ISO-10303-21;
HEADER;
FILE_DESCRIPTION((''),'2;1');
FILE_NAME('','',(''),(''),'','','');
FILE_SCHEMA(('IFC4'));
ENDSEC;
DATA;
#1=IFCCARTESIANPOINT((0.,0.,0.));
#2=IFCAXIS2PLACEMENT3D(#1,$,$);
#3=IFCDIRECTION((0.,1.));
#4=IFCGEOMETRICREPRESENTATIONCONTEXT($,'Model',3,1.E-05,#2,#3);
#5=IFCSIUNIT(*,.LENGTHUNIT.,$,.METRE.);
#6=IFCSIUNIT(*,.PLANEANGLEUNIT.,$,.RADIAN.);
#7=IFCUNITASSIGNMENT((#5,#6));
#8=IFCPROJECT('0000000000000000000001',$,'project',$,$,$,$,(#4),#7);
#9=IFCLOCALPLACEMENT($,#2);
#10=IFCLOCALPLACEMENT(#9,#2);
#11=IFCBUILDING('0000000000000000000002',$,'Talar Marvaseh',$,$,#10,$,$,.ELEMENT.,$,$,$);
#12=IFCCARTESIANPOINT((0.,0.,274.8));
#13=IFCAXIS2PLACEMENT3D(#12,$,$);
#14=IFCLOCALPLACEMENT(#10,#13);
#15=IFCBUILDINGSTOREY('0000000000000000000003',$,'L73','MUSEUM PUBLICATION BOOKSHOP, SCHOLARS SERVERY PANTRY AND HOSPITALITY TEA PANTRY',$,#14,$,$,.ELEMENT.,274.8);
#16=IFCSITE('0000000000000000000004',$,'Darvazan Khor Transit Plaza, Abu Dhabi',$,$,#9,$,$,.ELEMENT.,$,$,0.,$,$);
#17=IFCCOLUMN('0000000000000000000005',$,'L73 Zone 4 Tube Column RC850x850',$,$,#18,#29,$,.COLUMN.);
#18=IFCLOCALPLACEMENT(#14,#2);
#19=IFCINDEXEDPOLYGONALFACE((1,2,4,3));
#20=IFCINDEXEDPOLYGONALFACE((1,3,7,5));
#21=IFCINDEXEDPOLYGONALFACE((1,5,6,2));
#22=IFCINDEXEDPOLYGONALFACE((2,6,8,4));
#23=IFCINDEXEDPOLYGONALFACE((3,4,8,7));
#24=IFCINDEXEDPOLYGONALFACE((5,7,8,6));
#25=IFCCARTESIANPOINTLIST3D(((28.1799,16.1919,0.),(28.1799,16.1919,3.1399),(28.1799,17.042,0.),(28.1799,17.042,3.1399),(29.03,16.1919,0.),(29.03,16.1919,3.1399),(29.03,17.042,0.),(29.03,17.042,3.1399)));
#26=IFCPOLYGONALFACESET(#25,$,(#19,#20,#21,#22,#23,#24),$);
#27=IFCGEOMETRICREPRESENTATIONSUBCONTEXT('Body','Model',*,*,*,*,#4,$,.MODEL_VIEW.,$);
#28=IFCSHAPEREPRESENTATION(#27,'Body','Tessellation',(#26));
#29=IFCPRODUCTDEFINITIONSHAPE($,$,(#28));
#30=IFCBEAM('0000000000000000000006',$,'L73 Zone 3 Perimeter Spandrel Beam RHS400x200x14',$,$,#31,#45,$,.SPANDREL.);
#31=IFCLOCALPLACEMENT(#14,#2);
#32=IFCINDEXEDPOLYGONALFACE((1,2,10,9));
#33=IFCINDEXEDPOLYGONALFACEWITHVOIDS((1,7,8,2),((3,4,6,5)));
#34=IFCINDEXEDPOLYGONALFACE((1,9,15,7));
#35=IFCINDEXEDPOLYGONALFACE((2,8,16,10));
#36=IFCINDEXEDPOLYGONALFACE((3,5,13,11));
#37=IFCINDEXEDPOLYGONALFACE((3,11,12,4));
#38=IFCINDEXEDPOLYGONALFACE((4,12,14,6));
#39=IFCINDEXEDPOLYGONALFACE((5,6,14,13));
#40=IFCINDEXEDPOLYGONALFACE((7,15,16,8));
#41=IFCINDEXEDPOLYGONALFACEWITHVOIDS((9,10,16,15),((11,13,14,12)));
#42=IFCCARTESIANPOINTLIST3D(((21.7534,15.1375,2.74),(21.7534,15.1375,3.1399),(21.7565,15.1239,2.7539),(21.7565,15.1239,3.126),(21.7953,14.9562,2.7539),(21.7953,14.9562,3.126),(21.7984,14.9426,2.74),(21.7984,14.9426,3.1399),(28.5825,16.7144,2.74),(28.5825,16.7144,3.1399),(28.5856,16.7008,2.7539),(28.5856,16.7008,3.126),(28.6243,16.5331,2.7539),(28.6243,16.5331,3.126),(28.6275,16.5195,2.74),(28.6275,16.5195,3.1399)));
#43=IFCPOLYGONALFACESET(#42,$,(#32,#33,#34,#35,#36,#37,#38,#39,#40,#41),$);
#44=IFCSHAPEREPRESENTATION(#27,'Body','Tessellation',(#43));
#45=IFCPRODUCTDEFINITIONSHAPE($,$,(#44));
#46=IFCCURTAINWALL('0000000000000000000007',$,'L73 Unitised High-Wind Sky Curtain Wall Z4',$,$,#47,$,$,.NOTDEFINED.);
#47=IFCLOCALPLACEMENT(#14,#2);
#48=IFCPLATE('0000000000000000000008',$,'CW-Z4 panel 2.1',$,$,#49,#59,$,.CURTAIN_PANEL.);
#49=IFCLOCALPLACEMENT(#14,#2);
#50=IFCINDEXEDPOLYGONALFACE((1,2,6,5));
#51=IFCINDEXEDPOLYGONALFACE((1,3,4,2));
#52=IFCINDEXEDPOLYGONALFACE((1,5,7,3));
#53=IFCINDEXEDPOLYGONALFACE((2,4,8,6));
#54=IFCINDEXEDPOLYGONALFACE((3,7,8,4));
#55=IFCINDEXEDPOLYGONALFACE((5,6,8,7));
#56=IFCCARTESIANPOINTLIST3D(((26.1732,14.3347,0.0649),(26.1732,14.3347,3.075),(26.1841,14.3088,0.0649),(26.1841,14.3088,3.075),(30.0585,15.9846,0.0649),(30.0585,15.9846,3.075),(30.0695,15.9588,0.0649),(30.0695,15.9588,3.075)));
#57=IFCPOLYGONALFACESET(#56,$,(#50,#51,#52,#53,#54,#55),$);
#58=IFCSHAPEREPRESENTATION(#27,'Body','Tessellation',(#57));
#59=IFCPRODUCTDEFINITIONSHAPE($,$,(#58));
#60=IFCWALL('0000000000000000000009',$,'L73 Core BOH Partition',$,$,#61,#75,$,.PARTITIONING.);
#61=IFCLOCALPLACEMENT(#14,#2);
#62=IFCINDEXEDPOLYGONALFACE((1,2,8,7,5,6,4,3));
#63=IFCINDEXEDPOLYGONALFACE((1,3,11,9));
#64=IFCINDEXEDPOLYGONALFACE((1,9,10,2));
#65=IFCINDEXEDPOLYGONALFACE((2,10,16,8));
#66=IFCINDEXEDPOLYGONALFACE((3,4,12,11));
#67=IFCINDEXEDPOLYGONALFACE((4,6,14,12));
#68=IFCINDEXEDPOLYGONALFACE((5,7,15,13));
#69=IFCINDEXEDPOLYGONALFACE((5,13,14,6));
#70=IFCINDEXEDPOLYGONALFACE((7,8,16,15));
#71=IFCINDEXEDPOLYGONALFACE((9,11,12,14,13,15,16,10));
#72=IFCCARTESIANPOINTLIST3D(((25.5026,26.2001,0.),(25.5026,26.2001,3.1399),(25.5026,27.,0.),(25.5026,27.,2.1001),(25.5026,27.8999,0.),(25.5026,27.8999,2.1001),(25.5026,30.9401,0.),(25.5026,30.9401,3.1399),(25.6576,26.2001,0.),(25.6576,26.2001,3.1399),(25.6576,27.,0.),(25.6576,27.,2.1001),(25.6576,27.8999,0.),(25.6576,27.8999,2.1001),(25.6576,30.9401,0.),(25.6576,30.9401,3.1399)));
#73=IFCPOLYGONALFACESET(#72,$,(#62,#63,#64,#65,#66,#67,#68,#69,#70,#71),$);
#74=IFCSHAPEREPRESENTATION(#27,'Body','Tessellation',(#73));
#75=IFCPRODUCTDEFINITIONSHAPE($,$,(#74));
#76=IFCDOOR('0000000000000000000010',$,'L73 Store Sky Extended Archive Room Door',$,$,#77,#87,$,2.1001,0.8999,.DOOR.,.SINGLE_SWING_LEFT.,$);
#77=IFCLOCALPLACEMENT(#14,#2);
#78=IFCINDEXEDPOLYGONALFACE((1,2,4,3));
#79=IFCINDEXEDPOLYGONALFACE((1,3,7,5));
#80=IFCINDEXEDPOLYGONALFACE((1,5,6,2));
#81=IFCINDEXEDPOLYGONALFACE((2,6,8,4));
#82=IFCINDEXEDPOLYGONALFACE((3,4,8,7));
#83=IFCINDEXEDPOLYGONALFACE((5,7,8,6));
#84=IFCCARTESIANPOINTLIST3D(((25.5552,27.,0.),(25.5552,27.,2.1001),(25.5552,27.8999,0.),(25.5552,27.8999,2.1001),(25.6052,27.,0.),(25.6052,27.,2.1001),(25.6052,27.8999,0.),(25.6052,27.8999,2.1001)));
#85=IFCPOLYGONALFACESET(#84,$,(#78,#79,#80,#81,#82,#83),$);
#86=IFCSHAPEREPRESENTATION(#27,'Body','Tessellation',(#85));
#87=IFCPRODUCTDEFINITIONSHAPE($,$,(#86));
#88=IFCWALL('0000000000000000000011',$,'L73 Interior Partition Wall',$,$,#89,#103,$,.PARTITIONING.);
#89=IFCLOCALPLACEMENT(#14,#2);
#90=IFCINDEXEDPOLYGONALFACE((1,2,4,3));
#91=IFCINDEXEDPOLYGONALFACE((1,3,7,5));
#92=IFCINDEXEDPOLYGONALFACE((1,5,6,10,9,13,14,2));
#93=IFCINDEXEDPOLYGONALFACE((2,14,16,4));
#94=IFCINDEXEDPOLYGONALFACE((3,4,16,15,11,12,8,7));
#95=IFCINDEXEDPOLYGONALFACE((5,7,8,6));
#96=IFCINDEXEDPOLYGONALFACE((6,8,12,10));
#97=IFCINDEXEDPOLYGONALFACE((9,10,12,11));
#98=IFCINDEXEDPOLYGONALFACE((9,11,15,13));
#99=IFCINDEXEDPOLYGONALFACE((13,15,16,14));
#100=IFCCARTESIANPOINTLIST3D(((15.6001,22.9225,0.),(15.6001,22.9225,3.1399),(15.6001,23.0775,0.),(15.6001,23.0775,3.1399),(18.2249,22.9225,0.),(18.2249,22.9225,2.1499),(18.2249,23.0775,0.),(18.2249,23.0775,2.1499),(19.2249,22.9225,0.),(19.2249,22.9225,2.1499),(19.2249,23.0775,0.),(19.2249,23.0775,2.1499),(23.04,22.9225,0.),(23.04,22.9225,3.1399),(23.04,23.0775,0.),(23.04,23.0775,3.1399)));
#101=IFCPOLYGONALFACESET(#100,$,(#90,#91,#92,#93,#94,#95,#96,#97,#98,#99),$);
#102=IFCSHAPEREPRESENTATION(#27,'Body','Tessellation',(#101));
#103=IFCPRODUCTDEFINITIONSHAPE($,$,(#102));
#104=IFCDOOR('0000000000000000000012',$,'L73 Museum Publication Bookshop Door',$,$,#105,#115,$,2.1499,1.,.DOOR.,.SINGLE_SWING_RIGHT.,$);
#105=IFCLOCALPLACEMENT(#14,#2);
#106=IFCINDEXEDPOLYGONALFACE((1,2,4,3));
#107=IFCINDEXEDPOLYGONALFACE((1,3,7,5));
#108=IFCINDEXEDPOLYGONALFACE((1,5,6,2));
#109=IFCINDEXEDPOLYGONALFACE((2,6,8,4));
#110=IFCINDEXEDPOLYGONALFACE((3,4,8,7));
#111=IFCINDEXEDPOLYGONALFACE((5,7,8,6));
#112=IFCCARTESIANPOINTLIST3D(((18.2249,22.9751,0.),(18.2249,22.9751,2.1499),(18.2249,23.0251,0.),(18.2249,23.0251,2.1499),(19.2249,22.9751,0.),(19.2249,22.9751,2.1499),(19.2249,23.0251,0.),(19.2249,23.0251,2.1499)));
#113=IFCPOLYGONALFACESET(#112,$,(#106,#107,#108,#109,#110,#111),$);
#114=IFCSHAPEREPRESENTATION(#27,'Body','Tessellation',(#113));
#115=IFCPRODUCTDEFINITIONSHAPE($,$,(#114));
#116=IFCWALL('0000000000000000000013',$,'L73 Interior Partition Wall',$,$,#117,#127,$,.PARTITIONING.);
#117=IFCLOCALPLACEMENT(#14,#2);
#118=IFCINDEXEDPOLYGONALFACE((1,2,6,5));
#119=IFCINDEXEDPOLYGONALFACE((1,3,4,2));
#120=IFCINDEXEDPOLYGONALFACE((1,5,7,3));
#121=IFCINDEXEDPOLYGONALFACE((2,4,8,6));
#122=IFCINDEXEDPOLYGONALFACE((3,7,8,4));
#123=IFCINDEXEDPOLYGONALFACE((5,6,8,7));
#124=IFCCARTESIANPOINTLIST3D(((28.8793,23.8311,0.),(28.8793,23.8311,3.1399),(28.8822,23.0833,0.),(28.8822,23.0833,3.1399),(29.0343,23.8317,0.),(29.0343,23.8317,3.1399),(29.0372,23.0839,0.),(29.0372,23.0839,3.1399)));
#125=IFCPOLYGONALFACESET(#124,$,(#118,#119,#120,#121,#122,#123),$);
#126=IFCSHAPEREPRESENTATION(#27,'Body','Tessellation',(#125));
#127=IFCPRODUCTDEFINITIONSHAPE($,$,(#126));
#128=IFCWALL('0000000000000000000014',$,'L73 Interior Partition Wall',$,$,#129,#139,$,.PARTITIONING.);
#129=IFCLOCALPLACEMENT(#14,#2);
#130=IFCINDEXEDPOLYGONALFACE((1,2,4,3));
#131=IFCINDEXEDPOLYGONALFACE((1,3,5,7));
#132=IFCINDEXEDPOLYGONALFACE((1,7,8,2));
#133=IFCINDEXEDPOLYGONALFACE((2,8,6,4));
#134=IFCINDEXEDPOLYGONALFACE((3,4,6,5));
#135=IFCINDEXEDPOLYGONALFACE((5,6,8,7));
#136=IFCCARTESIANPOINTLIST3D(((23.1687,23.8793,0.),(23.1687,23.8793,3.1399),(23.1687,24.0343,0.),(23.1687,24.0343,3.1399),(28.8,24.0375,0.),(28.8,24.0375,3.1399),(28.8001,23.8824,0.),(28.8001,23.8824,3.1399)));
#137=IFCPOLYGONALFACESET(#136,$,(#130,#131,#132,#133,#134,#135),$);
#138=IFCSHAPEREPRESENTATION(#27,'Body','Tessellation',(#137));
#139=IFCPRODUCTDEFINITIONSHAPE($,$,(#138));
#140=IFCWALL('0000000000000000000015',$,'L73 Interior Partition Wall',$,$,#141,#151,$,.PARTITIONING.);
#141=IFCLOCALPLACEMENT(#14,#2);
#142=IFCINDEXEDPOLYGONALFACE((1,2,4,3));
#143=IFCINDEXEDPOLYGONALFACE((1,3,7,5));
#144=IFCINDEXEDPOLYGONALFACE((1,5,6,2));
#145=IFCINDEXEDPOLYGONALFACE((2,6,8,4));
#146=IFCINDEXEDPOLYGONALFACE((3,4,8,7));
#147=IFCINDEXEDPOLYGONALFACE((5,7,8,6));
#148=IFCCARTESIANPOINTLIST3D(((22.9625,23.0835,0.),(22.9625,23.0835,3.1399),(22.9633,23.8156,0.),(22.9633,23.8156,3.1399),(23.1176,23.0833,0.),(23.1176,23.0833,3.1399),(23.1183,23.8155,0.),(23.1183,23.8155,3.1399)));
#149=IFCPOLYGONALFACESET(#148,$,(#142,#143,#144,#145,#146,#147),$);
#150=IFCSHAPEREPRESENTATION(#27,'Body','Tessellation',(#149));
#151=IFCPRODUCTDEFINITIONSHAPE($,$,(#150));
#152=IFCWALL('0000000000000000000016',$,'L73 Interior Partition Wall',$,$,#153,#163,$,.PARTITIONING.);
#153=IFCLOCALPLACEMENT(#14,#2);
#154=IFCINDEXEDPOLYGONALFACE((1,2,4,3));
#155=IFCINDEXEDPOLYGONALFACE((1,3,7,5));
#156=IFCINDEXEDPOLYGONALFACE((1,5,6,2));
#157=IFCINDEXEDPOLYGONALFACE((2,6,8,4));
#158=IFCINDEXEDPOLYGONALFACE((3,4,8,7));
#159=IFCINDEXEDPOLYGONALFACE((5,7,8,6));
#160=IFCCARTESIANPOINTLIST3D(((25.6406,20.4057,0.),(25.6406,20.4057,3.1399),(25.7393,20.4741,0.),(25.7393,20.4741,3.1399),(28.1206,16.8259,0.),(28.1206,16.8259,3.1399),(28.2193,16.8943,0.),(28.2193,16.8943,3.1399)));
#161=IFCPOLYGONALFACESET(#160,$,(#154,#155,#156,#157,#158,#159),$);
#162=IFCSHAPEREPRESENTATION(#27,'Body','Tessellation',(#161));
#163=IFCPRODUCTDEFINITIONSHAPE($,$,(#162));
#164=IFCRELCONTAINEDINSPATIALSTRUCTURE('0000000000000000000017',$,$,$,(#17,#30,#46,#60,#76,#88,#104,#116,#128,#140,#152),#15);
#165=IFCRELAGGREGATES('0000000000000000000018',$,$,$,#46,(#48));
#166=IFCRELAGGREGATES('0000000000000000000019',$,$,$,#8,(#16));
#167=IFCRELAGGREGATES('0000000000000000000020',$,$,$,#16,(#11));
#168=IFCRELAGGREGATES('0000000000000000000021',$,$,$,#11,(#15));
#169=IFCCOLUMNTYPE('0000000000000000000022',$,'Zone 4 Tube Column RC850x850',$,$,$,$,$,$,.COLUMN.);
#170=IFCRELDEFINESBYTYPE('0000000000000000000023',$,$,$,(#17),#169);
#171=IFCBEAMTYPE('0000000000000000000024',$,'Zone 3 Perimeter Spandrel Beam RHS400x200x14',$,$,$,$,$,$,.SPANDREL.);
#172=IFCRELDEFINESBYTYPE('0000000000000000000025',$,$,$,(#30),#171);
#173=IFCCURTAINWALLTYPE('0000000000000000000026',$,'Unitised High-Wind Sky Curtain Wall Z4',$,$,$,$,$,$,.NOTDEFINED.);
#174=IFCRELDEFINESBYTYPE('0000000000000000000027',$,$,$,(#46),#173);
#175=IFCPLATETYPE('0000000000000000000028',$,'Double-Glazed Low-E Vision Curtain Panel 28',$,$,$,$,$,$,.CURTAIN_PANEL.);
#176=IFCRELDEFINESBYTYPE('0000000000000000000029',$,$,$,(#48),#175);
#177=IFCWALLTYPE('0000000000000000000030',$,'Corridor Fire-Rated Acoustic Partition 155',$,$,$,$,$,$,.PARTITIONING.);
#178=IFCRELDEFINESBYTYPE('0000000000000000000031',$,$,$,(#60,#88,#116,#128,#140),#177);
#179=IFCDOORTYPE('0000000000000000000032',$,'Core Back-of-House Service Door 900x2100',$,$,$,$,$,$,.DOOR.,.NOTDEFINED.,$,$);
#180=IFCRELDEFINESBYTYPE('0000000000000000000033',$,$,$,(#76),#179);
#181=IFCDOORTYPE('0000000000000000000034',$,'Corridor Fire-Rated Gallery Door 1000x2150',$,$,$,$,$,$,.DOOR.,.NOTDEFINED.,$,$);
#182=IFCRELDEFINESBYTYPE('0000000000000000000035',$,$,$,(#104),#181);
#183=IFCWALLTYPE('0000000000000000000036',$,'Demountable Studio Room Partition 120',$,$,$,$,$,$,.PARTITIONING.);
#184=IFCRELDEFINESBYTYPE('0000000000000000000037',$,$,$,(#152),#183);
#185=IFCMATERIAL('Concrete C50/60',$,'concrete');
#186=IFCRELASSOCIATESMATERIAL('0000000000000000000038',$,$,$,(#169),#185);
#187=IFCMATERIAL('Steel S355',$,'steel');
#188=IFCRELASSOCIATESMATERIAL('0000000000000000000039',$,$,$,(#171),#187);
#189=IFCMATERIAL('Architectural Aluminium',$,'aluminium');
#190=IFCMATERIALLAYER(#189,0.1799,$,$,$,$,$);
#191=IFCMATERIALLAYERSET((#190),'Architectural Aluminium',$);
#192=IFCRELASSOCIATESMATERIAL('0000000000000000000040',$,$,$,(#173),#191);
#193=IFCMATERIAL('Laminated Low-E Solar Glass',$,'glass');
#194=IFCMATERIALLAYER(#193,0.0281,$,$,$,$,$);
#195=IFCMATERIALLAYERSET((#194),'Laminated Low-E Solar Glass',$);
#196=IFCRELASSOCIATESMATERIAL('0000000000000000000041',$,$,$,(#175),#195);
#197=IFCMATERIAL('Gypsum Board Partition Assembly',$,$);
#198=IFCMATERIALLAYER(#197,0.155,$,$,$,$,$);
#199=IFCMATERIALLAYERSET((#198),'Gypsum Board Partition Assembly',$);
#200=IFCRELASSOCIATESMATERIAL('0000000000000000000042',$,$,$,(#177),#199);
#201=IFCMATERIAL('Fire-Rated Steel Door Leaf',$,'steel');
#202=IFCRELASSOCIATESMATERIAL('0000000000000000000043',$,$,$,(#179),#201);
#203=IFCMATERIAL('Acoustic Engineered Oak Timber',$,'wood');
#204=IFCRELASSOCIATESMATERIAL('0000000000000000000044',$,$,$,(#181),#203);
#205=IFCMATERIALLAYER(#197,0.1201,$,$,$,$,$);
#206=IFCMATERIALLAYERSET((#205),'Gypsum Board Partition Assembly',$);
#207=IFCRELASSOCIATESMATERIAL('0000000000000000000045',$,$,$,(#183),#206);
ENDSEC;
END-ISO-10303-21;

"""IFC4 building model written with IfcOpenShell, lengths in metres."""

from ifc_helpers import new_model, si_unit, direction, frame, frame_2d, origin, origin_2d, place, context, subcontext, project, spatial, rectangle, hollow_rectangle, extrude, source, transform, mapped, material, layer, layer_set, material_profile, profile_set, type_object, type_shapes, element, fill, aggregate, save


model = new_model("IFC4")

# Units and contexts
model_context = context("Model", 3, precision=1e-05, world=origin(), true_north=direction((0.0, 1.0)))
body_context = subcontext(model_context, "Body", "Model", "MODEL_VIEW")
ifc_project = project(units=[si_unit("LENGTHUNIT", "METRE"), si_unit("PLANEANGLEUNIT", "RADIAN")], contexts=[model_context])

# Site, building, storey
site_placement = place(None, origin())
site = spatial("IfcSite", under=ifc_project, at=site_placement, Name="Darvazan Khor Transit Plaza, Abu Dhabi", CompositionType="ELEMENT", RefElevation=0.0)
building_placement = place(site_placement, origin())
building = spatial("IfcBuilding", under=site, at=building_placement, Name="Talar Marvaseh", CompositionType="ELEMENT")
storey_placement = place(building_placement, frame((0.0, 0.0, 274.8)))
storey = spatial("IfcBuildingStorey", under=building, at=storey_placement, Name="L73", Description="MUSEUM PUBLICATION BOOKSHOP, SCHOLARS SERVERY PANTRY AND HOSPITALITY TEA PANTRY", CompositionType="ELEMENT", Elevation=274.8)

# Column
ifc_material_1 = material(Name="Concrete C50/60", Category="concrete")
ifc_material_profile_1 = material_profile(ifc_material_1, rectangle(XDim=0.8501, YDim=0.8501, at=origin_2d()), Name="RC850x850")
ifc_profile_set_1 = profile_set([ifc_material_profile_1], Name="Concrete C50/60")
column_type = type_object("IfcColumnType", Name="Zone 4 Tube Column RC850x850", PredefinedType="COLUMN", material=ifc_profile_set_1)
column_placement = place(storey_placement, frame((28.605, 16.6169, 0.0), z_axis=(0.0, 0.0, 1.0), x_axis=(1.0, 0.0, 0.0)))
element("IfcColumn", 1, at=column_placement, inside=storey, type_object=column_type, Name="L73 Zone 4 Tube Column RC850x850", PredefinedType="COLUMN", context=body_context, shape_type="SweptSolid", body=[
    extrude(rectangle(XDim=0.8501, YDim=0.8501, at=origin_2d()), origin(), (0.0, 0.0, 1.0), 3.1399),
])

# Beam
ifc_material_2 = material(Name="Steel S355", Category="steel")
ifc_material_profile_2 = material_profile(ifc_material_2, hollow_rectangle(XDim=0.2, YDim=0.3999, WallThickness=0.0139, at=origin_2d()), Name="RHS400x200x14")
ifc_profile_set_2 = profile_set([ifc_material_profile_2], Name="Steel S355")
beam_type = type_object("IfcBeamType", Name="Zone 3 Perimeter Spandrel Beam RHS400x200x14", PredefinedType="SPANDREL", material=ifc_profile_set_2)
beam_placement = place(storey_placement, frame((28.605, 16.6169, 2.9399), z_axis=(-0.974361, -0.224989, 0.0), x_axis=(0.224989, -0.974361, 0.0)))
element("IfcBeam", 2, at=beam_placement, inside=storey, type_object=beam_type, Name="L73 Zone 3 Perimeter Spandrel Beam RHS400x200x14", PredefinedType="SPANDREL", context=body_context, shape_type="SweptSolid", body=[
    extrude(hollow_rectangle(XDim=0.2, YDim=0.3999, WallThickness=0.0139, at=origin_2d()), origin(), (0.0, 0.0, 1.0), 7.0088),
])

# Curtain wall, plate
ifc_material_3 = material(Name="Architectural Aluminium", Category="aluminium")
ifc_layer_1 = layer(ifc_material_3, 0.1799)
ifc_layer_set_1 = layer_set([ifc_layer_1], Name="Architectural Aluminium")
curtain_wall_type = type_object("IfcCurtainWallType", Name="Unitised High-Wind Sky Curtain Wall Z4", PredefinedType="NOTDEFINED", material=ifc_layer_set_1)
curtain_wall_placement = place(storey_placement, origin())
curtain_wall = element("IfcCurtainWall", 3, at=curtain_wall_placement, inside=storey, type_object=curtain_wall_type, Name="L73 Unitised High-Wind Sky Curtain Wall Z4", PredefinedType="NOTDEFINED")
ifc_material_4 = material(Name="Laminated Low-E Solar Glass", Category="glass")
ifc_layer_2 = layer(ifc_material_4, 0.0281)
ifc_layer_set_2 = layer_set([ifc_layer_2], Name="Laminated Low-E Solar Glass")
plate_type = type_object("IfcPlateType", Name="Double-Glazed Low-E Vision Curtain Panel 28", PredefinedType="CURTAIN_PANEL", material=ifc_layer_set_2)
shared_shape_1 = source(origin(), body_context, "Body", "SweptSolid", [
    extrude(rectangle(XDim=4.2212, YDim=0.0281, at=origin_2d()), origin(), (0.0, 0.0, 1.0), 3.01),
])
type_shapes(plate_type, [shared_shape_1])
plate_placement = place(storey_placement, frame((28.1213, 15.1467, 0.0649), z_axis=(0.0, 0.0, 1.0), x_axis=(-0.920445, -0.390873, 0.0)))
plate = element("IfcPlate", 4, at=plate_placement, type_object=plate_type, Name="CW-Z4 panel 2.1", PredefinedType="CURTAIN_PANEL", context=body_context, shape_type="MappedRepresentation", body=[
    mapped(shared_shape_1, transform((0.0, 0.0, 0.0), x_axis=(1.0, 0.0, 0.0), y_axis=(0.0, 1.0, 0.0), z_axis=(0.0, 0.0, 1.0), scale=1.0)),
])
aggregate(curtain_wall, [plate])

# Walls, openings, doors
ifc_material_5 = material(Name="Gypsum Board Partition Assembly")
ifc_layer_3 = layer(ifc_material_5, 0.155)
ifc_layer_set_3 = layer_set([ifc_layer_3], Name="Gypsum Board Partition Assembly")
wall_type_1 = type_object("IfcWallType", Name="Corridor Fire-Rated Acoustic Partition 155", PredefinedType="PARTITIONING", material=ifc_layer_set_3)
wall_1_placement = place(storey_placement, frame((25.5801, 26.2, 0.0), z_axis=(0.0, 0.0, 1.0), x_axis=(0.0, 1.0, 0.0)))
wall_1 = element("IfcWall", 5, at=wall_1_placement, inside=storey, type_object=wall_type_1, Name="L73 Core BOH Partition", PredefinedType="PARTITIONING", context=body_context, shape_type="SweptSolid", body=[
    extrude(rectangle(XDim=4.74, YDim=0.155, at=frame_2d((2.3701, 0.0))), origin(), (0.0, 0.0, 1.0), 3.1399),
])
opening_1_placement = place(wall_1_placement, frame((0.8, 0.0, 0.0)))
opening_1 = element("IfcOpeningElement", 6, at=opening_1_placement, cuts=wall_1, PredefinedType="OPENING", context=body_context, shape_type="SweptSolid", body=[
    extrude(rectangle(XDim=0.8999, YDim=2.1001, at=frame_2d((0.45, 1.05))), frame((0.0, 0.0874, 0.0), z_axis=(0.0, -1.0, 0.0), x_axis=(1.0, 0.0, 0.0)), (0.0, 0.0, 1.0), 0.175),
])
ifc_material_6 = material(Name="Fire-Rated Steel Door Leaf", Category="steel")
door_type_1 = type_object("IfcDoorType", Name="Core Back-of-House Service Door 900x2100", OperationType="NOTDEFINED", PredefinedType="DOOR", material=ifc_material_6)
shared_shape_2 = source(origin(), body_context, "Body", "SweptSolid", [
    extrude(rectangle(XDim=0.8999, YDim=2.1001, at=frame_2d((0.45, 1.05))), frame((0.0, 0.0249, 0.0), z_axis=(0.0, -1.0, 0.0), x_axis=(1.0, 0.0, 0.0)), (0.0, 0.0, 1.0), 0.05),
])
type_shapes(door_type_1, [shared_shape_2])
door_1_placement = place(opening_1_placement, origin())
door_1 = element("IfcDoor", 7, at=door_1_placement, inside=storey, type_object=door_type_1, Name="L73 Store Sky Extended Archive Room Door", OperationType="SINGLE_SWING_LEFT", OverallHeight=2.1001, OverallWidth=0.8999, PredefinedType="DOOR", context=body_context, shape_type="MappedRepresentation", body=[
    mapped(shared_shape_2, transform((0.0, 0.0, 0.0), x_axis=(1.0, 0.0, 0.0), y_axis=(0.0, 1.0, 0.0), z_axis=(0.0, 0.0, 1.0), scale=1.0)),
])
fill(opening_1, door_1)
wall_2_placement = place(storey_placement, frame((23.04, 23.0, 0.0), z_axis=(0.0, 0.0, 1.0), x_axis=(-1.0, 0.0, 0.0)))
wall_2 = element("IfcWall", 8, at=wall_2_placement, inside=storey, type_object=wall_type_1, Name="L73 Interior Partition Wall", PredefinedType="PARTITIONING", context=body_context, shape_type="SweptSolid", body=[
    extrude(rectangle(XDim=7.4399, YDim=0.155, at=frame_2d((3.72, 0.0))), origin(), (0.0, 0.0, 1.0), 3.1399),
])
opening_2_placement = place(wall_2_placement, frame((3.8152, 0.0, 0.0)))
opening_2 = element("IfcOpeningElement", 9, at=opening_2_placement, cuts=wall_2, PredefinedType="OPENING", context=body_context, shape_type="SweptSolid", body=[
    extrude(rectangle(XDim=1.0, YDim=2.1499, at=frame_2d((0.5, 1.075))), frame((0.0, 0.0874, 0.0), z_axis=(0.0, -1.0, 0.0), x_axis=(1.0, 0.0, 0.0)), (0.0, 0.0, 1.0), 0.175),
])
ifc_material_7 = material(Name="Acoustic Engineered Oak Timber", Category="wood")
door_type_2 = type_object("IfcDoorType", Name="Corridor Fire-Rated Gallery Door 1000x2150", OperationType="NOTDEFINED", PredefinedType="DOOR", material=ifc_material_7)
shared_shape_3 = source(origin(), body_context, "Body", "SweptSolid", [
    extrude(rectangle(XDim=1.0, YDim=2.1499, at=frame_2d((0.5, 1.075))), frame((0.0, 0.0249, 0.0), z_axis=(0.0, -1.0, 0.0), x_axis=(1.0, 0.0, 0.0)), (0.0, 0.0, 1.0), 0.05),
])
type_shapes(door_type_2, [shared_shape_3])
door_2_placement = place(opening_2_placement, origin())
door_2 = element("IfcDoor", 10, at=door_2_placement, inside=storey, type_object=door_type_2, Name="L73 Museum Publication Bookshop Door", OperationType="SINGLE_SWING_RIGHT", OverallHeight=2.1499, OverallWidth=1.0, PredefinedType="DOOR", context=body_context, shape_type="MappedRepresentation", body=[
    mapped(shared_shape_3, transform((0.0, 0.0, 0.0), x_axis=(1.0, 0.0, 0.0), y_axis=(0.0, 1.0, 0.0), z_axis=(0.0, 0.0, 1.0), scale=1.0)),
])
fill(opening_2, door_2)

# Walls
wall_3_placement = place(storey_placement, frame((28.9597, 23.0835, 0.0), z_axis=(0.0, 0.0, 1.0), x_axis=(-0.003918, 0.999992, 0.0)))
element("IfcWall", 11, at=wall_3_placement, inside=storey, type_object=wall_type_1, Name="L73 Interior Partition Wall", PredefinedType="PARTITIONING", context=body_context, shape_type="SweptSolid", body=[
    extrude(rectangle(XDim=0.7478, YDim=0.155, at=frame_2d((0.374, 0.0))), origin(), (0.0, 0.0, 1.0), 3.1399),
])
wall_4_placement = place(storey_placement, frame((28.8, 23.96, 0.0), z_axis=(0.0, 0.0, 1.0), x_axis=(-1.0, -0.000564, 0.0)))
element("IfcWall", 12, at=wall_4_placement, inside=storey, type_object=wall_type_1, Name="L73 Interior Partition Wall", PredefinedType="PARTITIONING", context=body_context, shape_type="SweptSolid", body=[
    extrude(rectangle(XDim=5.6313, YDim=0.155, at=frame_2d((2.8157, 0.0))), origin(), (0.0, 0.0, 1.0), 3.1399),
])
wall_5_placement = place(storey_placement, frame((23.0408, 23.8157, 0.0), z_axis=(0.0, 0.0, 1.0), x_axis=(-0.001, -0.999999, 0.0)))
element("IfcWall", 13, at=wall_5_placement, inside=storey, type_object=wall_type_1, Name="L73 Interior Partition Wall", PredefinedType="PARTITIONING", context=body_context, shape_type="SweptSolid", body=[
    extrude(rectangle(XDim=0.7322, YDim=0.155, at=frame_2d((0.3662, 0.0))), origin(), (0.0, 0.0, 1.0), 3.1399),
])
ifc_layer_4 = layer(ifc_material_5, 0.1201)
ifc_layer_set_4 = layer_set([ifc_layer_4], Name="Gypsum Board Partition Assembly")
wall_type_2 = type_object("IfcWallType", Name="Demountable Studio Room Partition 120", PredefinedType="PARTITIONING", material=ifc_layer_set_4)
wall_6_placement = place(storey_placement, frame((25.6899, 20.4399, 0.0), z_axis=(0.0, 0.0, 1.0), x_axis=(0.569464, -0.822017, 0.0)))
element("IfcWall", 14, at=wall_6_placement, inside=storey, type_object=wall_type_2, Name="L73 Interior Partition Wall", PredefinedType="PARTITIONING", context=body_context, shape_type="SweptSolid", body=[
    extrude(rectangle(XDim=4.355, YDim=0.1201, at=frame_2d((2.1775, 0.0))), origin(), (0.0, 0.0, 1.0), 3.1399),
])

save(model, "model.ifc")
